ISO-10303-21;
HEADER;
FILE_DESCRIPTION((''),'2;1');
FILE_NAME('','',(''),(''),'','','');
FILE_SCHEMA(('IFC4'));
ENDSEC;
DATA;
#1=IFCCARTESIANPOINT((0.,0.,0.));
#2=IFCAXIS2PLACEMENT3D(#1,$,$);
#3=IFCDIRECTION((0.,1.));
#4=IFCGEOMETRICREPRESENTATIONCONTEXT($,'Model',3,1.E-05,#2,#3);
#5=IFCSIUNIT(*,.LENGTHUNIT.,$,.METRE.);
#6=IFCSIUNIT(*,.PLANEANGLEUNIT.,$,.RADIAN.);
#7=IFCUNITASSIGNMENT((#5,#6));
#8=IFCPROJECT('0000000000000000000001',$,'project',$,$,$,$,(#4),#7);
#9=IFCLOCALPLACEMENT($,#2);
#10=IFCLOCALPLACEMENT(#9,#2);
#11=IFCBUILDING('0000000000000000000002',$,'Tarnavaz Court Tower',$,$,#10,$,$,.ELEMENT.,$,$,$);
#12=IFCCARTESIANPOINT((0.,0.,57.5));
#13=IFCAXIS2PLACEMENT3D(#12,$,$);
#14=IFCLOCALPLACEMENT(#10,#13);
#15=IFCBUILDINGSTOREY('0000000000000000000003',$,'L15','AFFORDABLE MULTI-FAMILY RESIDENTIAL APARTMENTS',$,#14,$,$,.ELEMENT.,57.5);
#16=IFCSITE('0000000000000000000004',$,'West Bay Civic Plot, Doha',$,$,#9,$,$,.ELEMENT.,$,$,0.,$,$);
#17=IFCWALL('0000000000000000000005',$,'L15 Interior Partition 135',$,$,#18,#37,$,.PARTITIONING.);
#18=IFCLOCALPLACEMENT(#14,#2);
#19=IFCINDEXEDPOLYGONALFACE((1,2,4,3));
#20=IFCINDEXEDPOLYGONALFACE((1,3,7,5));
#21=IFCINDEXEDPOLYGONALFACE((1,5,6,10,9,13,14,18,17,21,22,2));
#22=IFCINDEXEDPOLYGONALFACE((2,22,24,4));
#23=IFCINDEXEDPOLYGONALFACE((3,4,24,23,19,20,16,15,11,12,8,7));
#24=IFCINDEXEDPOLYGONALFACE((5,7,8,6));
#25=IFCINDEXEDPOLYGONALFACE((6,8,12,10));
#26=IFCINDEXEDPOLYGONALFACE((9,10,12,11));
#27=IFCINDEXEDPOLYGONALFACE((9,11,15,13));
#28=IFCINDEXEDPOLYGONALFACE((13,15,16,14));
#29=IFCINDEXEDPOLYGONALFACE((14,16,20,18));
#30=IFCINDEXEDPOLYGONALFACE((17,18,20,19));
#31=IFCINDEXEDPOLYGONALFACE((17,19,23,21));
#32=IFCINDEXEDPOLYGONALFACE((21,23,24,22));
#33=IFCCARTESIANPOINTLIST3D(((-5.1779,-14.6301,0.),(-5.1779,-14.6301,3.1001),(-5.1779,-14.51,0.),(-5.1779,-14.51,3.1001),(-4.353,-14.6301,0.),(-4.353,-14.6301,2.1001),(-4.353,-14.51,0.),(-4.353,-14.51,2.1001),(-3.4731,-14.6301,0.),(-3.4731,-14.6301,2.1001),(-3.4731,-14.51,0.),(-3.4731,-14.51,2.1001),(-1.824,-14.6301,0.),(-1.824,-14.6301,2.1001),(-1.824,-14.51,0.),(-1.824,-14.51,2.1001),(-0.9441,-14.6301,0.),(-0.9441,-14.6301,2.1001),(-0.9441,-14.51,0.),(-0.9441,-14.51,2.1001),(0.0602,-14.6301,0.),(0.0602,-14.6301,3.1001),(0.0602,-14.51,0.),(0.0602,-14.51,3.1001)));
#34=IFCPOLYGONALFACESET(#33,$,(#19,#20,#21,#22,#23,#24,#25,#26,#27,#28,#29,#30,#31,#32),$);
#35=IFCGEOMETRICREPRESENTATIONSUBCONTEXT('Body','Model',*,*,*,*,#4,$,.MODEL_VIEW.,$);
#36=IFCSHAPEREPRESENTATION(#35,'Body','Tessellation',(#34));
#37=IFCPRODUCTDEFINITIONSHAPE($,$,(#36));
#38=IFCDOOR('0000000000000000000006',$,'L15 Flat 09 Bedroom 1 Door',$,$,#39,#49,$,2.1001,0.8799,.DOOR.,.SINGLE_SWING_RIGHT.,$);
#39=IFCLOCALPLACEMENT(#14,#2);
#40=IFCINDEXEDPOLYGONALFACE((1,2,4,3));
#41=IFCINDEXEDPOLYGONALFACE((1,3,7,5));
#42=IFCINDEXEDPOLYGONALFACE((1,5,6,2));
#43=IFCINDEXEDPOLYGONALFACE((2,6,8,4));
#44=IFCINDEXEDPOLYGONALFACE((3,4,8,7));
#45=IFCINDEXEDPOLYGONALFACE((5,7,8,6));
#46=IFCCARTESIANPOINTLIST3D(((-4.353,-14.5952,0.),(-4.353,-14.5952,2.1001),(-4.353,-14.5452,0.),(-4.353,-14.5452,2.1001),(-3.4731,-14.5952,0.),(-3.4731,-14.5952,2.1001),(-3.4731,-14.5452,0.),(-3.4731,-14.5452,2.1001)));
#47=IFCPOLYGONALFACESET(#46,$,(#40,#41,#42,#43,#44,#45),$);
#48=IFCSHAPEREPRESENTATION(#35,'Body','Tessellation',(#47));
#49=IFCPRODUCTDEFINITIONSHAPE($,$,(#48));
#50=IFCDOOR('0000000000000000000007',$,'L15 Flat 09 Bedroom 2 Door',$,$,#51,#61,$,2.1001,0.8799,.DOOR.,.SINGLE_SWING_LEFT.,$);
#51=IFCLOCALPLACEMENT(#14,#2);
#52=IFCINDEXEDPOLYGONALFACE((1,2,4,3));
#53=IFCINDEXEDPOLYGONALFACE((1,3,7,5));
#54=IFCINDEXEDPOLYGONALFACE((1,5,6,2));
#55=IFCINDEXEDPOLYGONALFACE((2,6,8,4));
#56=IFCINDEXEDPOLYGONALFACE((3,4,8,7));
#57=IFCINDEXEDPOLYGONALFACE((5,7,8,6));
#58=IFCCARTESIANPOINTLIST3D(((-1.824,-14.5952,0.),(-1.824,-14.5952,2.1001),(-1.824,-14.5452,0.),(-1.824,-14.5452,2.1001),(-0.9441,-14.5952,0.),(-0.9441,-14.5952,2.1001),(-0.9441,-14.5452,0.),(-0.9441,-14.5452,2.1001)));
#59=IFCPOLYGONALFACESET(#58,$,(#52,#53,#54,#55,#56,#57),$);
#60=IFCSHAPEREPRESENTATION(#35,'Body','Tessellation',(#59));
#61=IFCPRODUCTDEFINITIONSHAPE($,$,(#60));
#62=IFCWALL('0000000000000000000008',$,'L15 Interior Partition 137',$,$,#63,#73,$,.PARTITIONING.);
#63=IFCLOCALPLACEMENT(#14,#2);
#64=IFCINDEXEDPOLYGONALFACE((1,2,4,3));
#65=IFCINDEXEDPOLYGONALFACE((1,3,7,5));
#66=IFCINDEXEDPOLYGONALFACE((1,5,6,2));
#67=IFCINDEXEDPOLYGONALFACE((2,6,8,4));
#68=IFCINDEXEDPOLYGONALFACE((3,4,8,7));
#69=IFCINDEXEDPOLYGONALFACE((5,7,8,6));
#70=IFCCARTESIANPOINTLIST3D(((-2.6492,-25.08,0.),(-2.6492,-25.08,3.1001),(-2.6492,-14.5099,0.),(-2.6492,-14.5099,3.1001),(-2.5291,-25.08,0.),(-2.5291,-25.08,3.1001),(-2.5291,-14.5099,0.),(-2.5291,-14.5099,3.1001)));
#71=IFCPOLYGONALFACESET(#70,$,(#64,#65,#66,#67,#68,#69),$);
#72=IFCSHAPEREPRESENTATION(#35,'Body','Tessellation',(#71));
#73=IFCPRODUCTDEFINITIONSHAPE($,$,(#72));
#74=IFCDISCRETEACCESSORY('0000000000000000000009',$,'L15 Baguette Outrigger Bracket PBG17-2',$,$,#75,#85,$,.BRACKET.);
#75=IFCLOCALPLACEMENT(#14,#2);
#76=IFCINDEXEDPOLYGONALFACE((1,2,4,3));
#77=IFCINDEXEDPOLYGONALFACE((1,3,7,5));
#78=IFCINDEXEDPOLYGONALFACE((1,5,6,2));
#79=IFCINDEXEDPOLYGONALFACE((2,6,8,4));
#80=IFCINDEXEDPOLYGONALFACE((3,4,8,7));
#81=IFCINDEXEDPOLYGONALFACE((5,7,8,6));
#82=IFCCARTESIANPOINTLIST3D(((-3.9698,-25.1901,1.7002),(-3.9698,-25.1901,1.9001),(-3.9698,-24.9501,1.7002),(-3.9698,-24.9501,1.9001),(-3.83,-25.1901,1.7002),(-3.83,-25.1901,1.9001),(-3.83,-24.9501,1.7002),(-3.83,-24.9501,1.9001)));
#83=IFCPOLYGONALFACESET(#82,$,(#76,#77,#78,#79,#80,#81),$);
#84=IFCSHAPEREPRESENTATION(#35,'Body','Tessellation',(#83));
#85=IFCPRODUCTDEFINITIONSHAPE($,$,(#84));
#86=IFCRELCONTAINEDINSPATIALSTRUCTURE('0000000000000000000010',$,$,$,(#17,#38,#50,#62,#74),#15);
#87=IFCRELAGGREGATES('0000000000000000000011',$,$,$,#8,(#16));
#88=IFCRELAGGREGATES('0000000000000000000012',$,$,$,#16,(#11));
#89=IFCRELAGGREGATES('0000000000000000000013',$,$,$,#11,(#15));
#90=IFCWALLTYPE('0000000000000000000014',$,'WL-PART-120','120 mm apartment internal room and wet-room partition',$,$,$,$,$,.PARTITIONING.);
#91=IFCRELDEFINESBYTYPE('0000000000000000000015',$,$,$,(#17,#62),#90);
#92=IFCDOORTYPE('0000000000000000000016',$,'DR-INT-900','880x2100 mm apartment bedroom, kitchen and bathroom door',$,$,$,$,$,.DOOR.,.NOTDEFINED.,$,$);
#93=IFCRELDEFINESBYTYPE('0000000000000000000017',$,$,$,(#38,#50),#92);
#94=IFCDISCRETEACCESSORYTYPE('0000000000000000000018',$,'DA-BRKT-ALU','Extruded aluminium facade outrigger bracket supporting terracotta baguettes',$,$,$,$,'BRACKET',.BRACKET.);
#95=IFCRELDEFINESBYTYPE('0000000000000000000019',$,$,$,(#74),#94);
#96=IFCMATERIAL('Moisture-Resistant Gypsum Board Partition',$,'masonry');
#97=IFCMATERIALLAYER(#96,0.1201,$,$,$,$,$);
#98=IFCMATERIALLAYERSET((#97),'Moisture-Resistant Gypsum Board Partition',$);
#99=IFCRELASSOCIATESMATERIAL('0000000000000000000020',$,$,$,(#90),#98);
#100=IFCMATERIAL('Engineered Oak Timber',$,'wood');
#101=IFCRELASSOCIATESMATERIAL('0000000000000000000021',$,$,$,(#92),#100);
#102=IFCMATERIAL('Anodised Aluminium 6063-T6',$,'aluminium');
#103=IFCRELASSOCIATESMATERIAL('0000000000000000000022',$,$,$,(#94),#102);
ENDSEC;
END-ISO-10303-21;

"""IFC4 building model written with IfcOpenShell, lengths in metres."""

from ifc_helpers import new_model, si_unit, direction, frame, frame_2d, origin, origin_2d, place, context, subcontext, project, spatial, rectangle, extrude, material, layer, layer_set, type_object, element, fill, save


model = new_model("IFC4")

# Units and contexts
model_context = context("Model", 3, precision=1e-05, world=origin(), true_north=direction((0.0, 1.0)))
body_context = subcontext(model_context, "Body", "Model", "MODEL_VIEW")
ifc_project = project(units=[si_unit("LENGTHUNIT", "METRE"), si_unit("PLANEANGLEUNIT", "RADIAN")], contexts=[model_context])

# Site, building, storey
site_placement = place(None, origin())
site = spatial("IfcSite", under=ifc_project, at=site_placement, Name="West Bay Civic Plot, Doha", CompositionType="ELEMENT", RefElevation=0.0)
building_placement = place(site_placement, origin())
building = spatial("IfcBuilding", under=site, at=building_placement, Name="Tarnavaz Court Tower", CompositionType="ELEMENT")
storey_placement = place(building_placement, frame((0.0, 0.0, 57.5)))
storey = spatial("IfcBuildingStorey", under=building, at=storey_placement, Name="L15", Description="AFFORDABLE MULTI-FAMILY RESIDENTIAL APARTMENTS", CompositionType="ELEMENT", Elevation=57.5)

# Shared definitions
ifc_material_1 = material(Name="Anodised Aluminium 6063-T6", Category="aluminium")

# Shared definitions
ifc_material_2 = material(Name="Moisture-Resistant Gypsum Board Partition", Category="masonry")
ifc_layer_1 = layer(ifc_material_2, 0.1201)
ifc_layer_set_1 = layer_set([ifc_layer_1], Name="Moisture-Resistant Gypsum Board Partition")
wall_type_1 = type_object("IfcWallType", Name="WL-PART-120", Description="120 mm apartment internal room and wet-room partition", PredefinedType="PARTITIONING", material=ifc_layer_set_1)
ifc_material_3 = material(Name="Engineered Oak Timber", Category="wood")

# Wall, openings, doors
wall_1_placement = place(storey_placement, frame((-5.178, -14.5701, 0.0), z_axis=(0.0, 0.0, 1.0), x_axis=(1.0, 0.0, 0.0)))
wall_1 = element("IfcWall", 1, at=wall_1_placement, inside=storey, type_object=wall_type_1, Name="L15 Interior Partition 135", PredefinedType="PARTITIONING", context=body_context, shape_type="SweptSolid", body=[
    extrude(rectangle(XDim=5.238, YDim=0.1201, at=frame_2d((2.6191, 0.0))), origin(), (0.0, 0.0, 1.0), 3.1001),
])
opening_1_placement = place(wall_1_placement, frame((0.825, 0.0, 0.0)))
opening_1 = element("IfcOpeningElement", 2, at=opening_1_placement, cuts=wall_1, PredefinedType="OPENING", context=body_context, shape_type="SweptSolid", body=[
    extrude(rectangle(XDim=0.8799, YDim=2.1001, at=frame_2d((0.4399, 1.05))), frame((0.0, 0.0701, 0.0), z_axis=(0.0, -1.0, 0.0), x_axis=(1.0, 0.0, 0.0)), (0.0, 0.0, 1.0), 0.1401),
])
opening_2_placement = place(wall_1_placement, frame((3.354, 0.0, 0.0)))
opening_2 = element("IfcOpeningElement", 3, at=opening_2_placement, cuts=wall_1, PredefinedType="OPENING", context=body_context, shape_type="SweptSolid", body=[
    extrude(rectangle(XDim=0.8799, YDim=2.1001, at=frame_2d((0.4399, 1.05))), frame((0.0, 0.0701, 0.0), z_axis=(0.0, -1.0, 0.0), x_axis=(1.0, 0.0, 0.0)), (0.0, 0.0, 1.0), 0.1401),
])
door_type_1 = type_object("IfcDoorType", Name="DR-INT-900", Description="880x2100 mm apartment bedroom, kitchen and bathroom door", OperationType="NOTDEFINED", PredefinedType="DOOR", material=ifc_material_3)
door_1_placement = place(opening_1_placement, origin())
door_1 = element("IfcDoor", 4, at=door_1_placement, inside=storey, type_object=door_type_1, Name="L15 Flat 09 Bedroom 1 Door", OperationType="SINGLE_SWING_RIGHT", OverallHeight=2.1001, OverallWidth=0.8799, PredefinedType="DOOR", context=body_context, shape_type="SweptSolid", body=[
    extrude(rectangle(XDim=0.8799, YDim=2.1001, at=frame_2d((0.4399, 1.05))), frame((0.0, 0.0249, 0.0), z_axis=(0.0, -1.0, 0.0), x_axis=(1.0, 0.0, 0.0)), (0.0, 0.0, 1.0), 0.05),
])
fill(opening_1, door_1)
door_2_placement = place(opening_2_placement, origin())
door_2 = element("IfcDoor", 5, at=door_2_placement, inside=storey, type_object=door_type_1, Name="L15 Flat 09 Bedroom 2 Door", OperationType="SINGLE_SWING_LEFT", OverallHeight=2.1001, OverallWidth=0.8799, PredefinedType="DOOR", context=body_context, shape_type="SweptSolid", body=[
    extrude(rectangle(XDim=0.8799, YDim=2.1001, at=frame_2d((0.4399, 1.05))), frame((0.0, 0.0249, 0.0), z_axis=(0.0, -1.0, 0.0), x_axis=(1.0, 0.0, 0.0)), (0.0, 0.0, 1.0), 0.05),
])
fill(opening_2, door_2)

# Wall
wall_2_placement = place(storey_placement, frame((-2.5891, -25.0801, 0.0), z_axis=(0.0, 0.0, 1.0), x_axis=(0.0, 1.0, 0.0)))
element("IfcWall", 6, at=wall_2_placement, inside=storey, type_object=wall_type_1, Name="L15 Interior Partition 137", PredefinedType="PARTITIONING", context=body_context, shape_type="SweptSolid", body=[
    extrude(rectangle(XDim=10.5701, YDim=0.1201, at=frame_2d((5.2852, 0.0))), origin(), (0.0, 0.0, 1.0), 3.1001),
])

# Discrete accessory
discrete_accessory_type = type_object("IfcDiscreteAccessoryType", Name="DA-BRKT-ALU", Description="Extruded aluminium facade outrigger bracket supporting terracotta baguettes", ElementType="BRACKET", PredefinedType="BRACKET", material=ifc_material_1)
discrete_accessory_placement = place(storey_placement, frame((-3.8999, -25.0701, 1.7002), z_axis=(0.0, 0.0, 1.0), x_axis=(-1.0, 0.0, 0.0)))
element("IfcDiscreteAccessory", 7, at=discrete_accessory_placement, inside=storey, type_object=discrete_accessory_type, Name="L15 Baguette Outrigger Bracket PBG17-2", PredefinedType="BRACKET", context=body_context, shape_type="SweptSolid", body=[
    extrude(rectangle(XDim=0.1399, YDim=0.24, at=origin_2d()), origin(), (0.0, 0.0, 1.0), 0.2),
])

save(model, "model.ifc")
